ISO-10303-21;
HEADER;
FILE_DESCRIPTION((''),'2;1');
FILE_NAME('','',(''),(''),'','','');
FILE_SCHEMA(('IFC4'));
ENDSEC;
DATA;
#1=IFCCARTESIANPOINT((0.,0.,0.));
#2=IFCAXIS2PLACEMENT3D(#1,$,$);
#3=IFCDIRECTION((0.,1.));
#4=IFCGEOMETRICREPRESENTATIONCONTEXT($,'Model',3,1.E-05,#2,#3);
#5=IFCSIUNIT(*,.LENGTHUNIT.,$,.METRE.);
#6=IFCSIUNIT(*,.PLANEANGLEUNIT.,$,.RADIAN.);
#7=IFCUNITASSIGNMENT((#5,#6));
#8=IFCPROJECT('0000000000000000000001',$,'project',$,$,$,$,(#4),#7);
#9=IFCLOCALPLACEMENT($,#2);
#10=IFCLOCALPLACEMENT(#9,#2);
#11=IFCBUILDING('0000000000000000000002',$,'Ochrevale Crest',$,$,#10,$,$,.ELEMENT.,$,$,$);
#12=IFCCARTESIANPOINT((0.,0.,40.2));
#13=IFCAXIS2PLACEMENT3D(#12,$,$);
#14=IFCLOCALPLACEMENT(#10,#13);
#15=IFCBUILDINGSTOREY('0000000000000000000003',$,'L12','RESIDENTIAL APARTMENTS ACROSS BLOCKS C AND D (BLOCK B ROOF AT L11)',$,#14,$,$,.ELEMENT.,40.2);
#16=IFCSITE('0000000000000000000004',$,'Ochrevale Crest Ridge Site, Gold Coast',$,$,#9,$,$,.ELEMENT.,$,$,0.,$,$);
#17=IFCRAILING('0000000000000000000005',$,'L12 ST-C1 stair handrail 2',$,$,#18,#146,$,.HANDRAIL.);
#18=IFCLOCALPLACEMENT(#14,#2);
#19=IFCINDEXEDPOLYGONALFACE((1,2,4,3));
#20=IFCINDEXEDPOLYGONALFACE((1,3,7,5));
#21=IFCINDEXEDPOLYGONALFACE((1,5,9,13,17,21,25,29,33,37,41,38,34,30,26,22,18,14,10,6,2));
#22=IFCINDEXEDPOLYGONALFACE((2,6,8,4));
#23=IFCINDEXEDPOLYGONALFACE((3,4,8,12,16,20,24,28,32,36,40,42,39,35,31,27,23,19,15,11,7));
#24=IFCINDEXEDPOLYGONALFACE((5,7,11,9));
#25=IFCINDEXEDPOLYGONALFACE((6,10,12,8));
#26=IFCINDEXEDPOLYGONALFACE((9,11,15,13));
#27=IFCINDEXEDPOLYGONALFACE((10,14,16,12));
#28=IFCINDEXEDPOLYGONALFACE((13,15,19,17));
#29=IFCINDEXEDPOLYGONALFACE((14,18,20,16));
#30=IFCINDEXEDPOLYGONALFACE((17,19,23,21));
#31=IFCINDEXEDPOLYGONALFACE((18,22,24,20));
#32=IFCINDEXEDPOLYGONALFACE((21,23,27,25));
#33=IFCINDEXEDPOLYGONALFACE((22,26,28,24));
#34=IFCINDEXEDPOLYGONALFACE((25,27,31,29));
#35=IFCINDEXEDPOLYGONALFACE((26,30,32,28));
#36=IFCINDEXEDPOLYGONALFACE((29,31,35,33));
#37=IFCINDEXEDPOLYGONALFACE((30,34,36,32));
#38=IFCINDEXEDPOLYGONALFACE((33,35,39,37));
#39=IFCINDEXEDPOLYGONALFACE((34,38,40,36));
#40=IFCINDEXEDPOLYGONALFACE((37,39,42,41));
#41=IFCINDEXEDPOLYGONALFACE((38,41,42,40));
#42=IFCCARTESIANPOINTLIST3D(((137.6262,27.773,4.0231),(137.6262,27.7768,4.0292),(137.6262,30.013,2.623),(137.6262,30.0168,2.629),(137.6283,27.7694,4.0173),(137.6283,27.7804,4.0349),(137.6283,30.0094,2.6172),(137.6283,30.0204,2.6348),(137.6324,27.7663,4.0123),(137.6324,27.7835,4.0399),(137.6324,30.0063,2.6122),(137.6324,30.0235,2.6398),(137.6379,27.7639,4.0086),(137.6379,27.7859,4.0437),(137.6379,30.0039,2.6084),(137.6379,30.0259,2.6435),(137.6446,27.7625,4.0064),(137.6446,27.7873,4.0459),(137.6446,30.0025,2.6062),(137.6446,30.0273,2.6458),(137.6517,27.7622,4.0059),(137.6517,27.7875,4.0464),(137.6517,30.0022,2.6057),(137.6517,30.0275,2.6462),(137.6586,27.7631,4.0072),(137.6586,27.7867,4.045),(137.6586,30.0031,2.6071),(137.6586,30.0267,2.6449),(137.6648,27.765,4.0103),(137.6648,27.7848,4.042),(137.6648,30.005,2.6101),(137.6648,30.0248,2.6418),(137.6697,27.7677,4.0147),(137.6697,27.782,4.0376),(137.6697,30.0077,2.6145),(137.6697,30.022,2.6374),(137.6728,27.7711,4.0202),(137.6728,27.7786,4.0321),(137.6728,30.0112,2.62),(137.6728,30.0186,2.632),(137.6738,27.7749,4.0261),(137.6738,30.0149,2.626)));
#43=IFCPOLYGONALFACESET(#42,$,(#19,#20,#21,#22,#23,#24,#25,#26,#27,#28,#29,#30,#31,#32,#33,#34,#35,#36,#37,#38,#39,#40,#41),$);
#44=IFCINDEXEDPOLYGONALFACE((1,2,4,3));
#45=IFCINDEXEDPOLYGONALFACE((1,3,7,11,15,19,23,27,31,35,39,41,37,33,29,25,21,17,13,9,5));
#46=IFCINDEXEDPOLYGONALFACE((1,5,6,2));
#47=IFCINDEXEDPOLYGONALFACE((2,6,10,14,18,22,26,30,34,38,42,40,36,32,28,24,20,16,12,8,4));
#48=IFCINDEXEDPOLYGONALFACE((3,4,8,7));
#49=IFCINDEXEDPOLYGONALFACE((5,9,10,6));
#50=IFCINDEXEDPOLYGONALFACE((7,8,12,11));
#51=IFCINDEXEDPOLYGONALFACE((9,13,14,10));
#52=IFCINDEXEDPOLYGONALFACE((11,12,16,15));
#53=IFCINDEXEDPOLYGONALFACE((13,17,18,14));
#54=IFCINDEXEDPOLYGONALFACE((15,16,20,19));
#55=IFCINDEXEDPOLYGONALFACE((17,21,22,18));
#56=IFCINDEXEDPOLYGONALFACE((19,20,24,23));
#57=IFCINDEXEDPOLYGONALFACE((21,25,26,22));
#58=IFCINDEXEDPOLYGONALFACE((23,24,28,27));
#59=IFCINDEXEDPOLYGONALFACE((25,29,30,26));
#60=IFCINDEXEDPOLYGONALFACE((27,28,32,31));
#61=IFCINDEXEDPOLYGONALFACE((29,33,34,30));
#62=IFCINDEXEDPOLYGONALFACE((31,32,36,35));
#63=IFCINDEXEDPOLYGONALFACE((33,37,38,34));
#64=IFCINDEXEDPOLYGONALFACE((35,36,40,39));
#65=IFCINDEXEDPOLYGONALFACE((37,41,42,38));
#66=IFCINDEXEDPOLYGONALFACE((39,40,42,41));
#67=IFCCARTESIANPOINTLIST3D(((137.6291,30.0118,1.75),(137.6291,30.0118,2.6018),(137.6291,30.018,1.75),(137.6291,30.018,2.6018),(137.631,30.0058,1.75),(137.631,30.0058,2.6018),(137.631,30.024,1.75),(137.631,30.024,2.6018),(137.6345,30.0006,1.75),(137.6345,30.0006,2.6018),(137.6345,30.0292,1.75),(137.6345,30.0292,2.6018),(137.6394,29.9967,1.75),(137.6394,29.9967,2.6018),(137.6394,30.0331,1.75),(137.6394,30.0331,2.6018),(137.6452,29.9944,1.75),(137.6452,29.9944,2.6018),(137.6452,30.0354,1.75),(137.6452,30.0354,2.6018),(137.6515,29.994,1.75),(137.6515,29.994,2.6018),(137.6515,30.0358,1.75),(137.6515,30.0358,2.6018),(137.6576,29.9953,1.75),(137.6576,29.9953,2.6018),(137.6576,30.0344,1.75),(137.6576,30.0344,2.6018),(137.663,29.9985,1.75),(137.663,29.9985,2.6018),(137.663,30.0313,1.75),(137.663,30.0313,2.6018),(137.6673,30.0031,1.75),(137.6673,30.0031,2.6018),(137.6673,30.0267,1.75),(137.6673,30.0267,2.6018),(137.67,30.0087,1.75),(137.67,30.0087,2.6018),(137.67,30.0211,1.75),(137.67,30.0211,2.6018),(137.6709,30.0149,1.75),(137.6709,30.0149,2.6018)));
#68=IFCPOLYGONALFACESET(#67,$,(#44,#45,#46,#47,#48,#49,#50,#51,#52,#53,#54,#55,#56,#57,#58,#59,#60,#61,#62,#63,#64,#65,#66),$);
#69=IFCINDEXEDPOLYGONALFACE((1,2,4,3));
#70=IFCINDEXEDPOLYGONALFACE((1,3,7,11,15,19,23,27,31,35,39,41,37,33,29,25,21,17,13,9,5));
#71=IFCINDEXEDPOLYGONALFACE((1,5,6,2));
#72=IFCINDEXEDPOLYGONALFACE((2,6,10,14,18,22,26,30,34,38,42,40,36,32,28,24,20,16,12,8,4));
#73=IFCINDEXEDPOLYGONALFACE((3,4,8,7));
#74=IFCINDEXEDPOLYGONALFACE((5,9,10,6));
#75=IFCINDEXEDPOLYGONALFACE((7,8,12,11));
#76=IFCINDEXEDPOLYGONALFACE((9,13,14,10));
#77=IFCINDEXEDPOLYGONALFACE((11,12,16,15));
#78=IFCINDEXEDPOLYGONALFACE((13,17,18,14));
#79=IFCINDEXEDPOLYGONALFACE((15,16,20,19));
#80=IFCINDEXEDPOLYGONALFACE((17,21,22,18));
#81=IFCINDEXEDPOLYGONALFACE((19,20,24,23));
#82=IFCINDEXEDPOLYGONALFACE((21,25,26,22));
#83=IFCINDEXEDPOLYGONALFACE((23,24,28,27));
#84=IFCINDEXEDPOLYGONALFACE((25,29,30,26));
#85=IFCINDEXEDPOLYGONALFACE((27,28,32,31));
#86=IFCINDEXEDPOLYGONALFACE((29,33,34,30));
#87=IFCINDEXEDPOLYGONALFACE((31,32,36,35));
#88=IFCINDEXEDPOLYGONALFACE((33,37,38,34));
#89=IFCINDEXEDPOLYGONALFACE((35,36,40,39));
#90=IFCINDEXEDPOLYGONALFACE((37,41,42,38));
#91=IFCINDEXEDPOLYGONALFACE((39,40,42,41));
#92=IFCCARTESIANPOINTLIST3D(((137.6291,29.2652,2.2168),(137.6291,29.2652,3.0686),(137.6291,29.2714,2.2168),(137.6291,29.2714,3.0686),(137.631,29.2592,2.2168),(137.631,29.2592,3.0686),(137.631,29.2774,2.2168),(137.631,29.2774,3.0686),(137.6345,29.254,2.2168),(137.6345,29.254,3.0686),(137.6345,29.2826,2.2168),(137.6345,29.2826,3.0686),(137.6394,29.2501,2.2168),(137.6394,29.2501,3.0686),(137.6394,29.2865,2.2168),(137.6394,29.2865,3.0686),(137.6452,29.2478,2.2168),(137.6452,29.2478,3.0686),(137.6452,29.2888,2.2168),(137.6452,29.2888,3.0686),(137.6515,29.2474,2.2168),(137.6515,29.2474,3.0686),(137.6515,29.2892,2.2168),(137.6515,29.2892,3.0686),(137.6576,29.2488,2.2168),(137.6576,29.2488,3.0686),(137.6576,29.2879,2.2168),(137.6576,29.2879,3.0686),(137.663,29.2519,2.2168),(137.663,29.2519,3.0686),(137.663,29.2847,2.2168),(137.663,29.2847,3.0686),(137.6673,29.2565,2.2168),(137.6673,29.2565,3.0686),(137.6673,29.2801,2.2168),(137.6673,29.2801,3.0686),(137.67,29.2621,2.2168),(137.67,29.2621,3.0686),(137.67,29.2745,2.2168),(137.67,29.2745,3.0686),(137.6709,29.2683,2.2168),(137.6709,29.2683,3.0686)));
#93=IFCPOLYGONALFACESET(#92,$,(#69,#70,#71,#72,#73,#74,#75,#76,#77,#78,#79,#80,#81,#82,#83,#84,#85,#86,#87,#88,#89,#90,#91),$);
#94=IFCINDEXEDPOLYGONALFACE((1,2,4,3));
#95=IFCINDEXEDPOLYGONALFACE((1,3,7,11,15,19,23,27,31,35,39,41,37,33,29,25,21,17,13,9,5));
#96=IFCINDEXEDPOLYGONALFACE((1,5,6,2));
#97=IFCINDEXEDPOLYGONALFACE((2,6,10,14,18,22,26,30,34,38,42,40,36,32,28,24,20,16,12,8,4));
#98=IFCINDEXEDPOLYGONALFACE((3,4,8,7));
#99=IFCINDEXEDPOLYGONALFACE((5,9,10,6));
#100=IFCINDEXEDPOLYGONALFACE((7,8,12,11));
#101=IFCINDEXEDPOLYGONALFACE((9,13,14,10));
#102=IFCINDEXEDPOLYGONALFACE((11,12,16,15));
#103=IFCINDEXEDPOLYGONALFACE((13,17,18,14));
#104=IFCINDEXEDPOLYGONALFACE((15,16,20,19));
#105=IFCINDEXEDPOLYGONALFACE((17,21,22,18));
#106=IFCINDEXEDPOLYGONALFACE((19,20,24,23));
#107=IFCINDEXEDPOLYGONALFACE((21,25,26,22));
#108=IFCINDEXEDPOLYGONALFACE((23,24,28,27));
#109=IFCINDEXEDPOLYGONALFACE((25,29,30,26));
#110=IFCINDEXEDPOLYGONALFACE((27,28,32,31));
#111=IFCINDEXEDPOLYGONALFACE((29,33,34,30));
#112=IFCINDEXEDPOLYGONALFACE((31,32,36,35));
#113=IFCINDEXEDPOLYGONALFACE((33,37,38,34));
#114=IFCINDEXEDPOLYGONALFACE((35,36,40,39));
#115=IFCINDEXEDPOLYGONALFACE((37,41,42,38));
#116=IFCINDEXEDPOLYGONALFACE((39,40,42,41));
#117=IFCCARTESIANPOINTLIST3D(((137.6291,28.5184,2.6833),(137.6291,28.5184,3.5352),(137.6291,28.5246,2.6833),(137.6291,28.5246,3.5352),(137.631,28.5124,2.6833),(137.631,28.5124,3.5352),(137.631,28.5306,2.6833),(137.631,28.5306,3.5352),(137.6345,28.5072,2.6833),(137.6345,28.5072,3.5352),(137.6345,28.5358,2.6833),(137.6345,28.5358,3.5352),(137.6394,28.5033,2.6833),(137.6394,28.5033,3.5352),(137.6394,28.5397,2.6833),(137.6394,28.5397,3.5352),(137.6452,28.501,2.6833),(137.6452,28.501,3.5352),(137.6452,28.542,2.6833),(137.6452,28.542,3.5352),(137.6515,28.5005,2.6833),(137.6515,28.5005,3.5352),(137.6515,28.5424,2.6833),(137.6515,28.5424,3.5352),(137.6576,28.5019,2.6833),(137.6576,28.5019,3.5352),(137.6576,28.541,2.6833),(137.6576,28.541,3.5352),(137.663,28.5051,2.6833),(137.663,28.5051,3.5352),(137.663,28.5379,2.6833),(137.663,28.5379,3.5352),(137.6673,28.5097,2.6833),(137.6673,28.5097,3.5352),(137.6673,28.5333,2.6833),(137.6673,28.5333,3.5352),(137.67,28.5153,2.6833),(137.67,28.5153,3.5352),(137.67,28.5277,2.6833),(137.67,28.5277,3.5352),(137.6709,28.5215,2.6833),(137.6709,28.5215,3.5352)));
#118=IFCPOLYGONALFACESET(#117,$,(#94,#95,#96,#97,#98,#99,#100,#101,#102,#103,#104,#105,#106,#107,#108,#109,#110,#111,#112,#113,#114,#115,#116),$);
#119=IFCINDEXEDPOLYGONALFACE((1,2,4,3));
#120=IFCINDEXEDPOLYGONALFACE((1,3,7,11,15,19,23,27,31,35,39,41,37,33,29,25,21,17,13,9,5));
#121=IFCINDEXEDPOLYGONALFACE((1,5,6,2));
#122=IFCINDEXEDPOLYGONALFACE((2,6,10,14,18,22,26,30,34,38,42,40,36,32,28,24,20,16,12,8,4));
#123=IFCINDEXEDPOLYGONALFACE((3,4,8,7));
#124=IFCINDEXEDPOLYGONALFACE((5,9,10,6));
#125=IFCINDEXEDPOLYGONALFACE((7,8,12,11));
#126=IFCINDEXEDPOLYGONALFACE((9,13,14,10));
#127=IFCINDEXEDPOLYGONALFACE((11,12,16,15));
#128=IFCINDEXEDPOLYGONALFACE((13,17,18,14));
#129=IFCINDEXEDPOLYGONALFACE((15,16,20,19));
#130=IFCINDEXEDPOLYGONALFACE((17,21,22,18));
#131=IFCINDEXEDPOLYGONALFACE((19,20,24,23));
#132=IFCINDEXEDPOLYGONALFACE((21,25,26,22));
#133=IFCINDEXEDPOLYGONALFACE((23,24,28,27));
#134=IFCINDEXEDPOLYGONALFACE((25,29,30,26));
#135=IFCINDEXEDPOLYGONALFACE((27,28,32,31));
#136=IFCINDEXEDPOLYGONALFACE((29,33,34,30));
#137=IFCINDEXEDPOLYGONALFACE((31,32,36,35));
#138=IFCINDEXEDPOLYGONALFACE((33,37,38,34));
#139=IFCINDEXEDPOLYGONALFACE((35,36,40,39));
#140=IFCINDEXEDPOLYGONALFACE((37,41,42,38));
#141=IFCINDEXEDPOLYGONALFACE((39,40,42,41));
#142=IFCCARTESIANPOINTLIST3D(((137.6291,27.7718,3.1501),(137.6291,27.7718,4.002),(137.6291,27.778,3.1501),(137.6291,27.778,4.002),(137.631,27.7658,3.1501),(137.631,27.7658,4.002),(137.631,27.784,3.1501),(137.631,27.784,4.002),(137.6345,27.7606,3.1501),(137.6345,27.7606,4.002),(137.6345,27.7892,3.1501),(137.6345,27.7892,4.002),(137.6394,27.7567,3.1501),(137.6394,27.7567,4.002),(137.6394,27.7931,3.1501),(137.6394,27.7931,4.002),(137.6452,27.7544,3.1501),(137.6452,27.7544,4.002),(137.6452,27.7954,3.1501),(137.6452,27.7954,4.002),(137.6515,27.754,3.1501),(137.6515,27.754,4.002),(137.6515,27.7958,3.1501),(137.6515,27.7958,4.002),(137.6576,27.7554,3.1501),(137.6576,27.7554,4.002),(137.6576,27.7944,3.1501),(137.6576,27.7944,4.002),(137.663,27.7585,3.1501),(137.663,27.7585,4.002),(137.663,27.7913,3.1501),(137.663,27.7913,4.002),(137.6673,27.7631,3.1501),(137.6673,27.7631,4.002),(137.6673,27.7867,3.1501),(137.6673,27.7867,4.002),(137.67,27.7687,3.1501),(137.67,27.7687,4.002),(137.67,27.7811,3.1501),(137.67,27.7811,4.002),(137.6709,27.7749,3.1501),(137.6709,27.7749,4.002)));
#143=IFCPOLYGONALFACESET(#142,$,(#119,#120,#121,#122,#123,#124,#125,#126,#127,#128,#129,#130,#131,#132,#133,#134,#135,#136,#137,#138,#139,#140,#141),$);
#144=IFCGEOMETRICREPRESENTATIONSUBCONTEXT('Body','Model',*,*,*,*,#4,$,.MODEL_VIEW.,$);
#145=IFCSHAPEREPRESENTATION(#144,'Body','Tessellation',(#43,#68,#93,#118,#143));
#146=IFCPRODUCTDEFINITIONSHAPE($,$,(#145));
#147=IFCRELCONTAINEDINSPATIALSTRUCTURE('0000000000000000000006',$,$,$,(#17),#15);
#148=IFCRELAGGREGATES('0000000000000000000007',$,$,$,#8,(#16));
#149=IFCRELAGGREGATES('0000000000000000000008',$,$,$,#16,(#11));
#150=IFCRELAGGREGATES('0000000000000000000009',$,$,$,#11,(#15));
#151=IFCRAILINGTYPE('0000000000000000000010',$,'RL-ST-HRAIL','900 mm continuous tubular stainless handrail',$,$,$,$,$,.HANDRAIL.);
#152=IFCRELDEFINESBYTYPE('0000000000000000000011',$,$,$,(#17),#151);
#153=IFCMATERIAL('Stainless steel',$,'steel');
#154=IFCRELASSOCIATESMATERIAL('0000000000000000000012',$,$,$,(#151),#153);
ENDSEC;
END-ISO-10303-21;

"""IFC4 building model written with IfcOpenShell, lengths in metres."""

from ifc_helpers import new_model, si_unit, direction, frame, origin, origin_2d, place, context, subcontext, project, spatial, circle, extrude, material, type_object, element, save


model = new_model("IFC4")

# Units and contexts
model_context = context("Model", 3, precision=1e-05, world=origin(), true_north=direction((0.0, 1.0)))
body_context = subcontext(model_context, "Body", "Model", "MODEL_VIEW")
ifc_project = project(units=[si_unit("LENGTHUNIT", "METRE"), si_unit("PLANEANGLEUNIT", "RADIAN")], contexts=[model_context])

# Site, building, storey
site_placement = place(None, origin())
site = spatial("IfcSite", under=ifc_project, at=site_placement, Name="Ochrevale Crest Ridge Site, Gold Coast", CompositionType="ELEMENT", RefElevation=0.0)
building_placement = place(site_placement, origin())
building = spatial("IfcBuilding", under=site, at=building_placement, Name="Ochrevale Crest", CompositionType="ELEMENT")
storey_placement = place(building_placement, frame((0.0, 0.0, 40.2)))
storey = spatial("IfcBuildingStorey", under=building, at=storey_placement, Name="L12", Description="RESIDENTIAL APARTMENTS ACROSS BLOCKS C AND D (BLOCK B ROOF AT L11)", CompositionType="ELEMENT", Elevation=40.2)

# Railing
ifc_material_1 = material(Name="Stainless steel", Category="steel")
railing_type_1 = type_object("IfcRailingType", Name="RL-ST-HRAIL", Description="900 mm continuous tubular stainless handrail", PredefinedType="HANDRAIL", material=ifc_material_1)
railing_1_placement = place(storey_placement, frame((137.6499, 30.0149, 1.75)))
element("IfcRailing", 1, at=railing_1_placement, inside=storey, type_object=railing_type_1, Name="L12 ST-C1 stair handrail 2", PredefinedType="HANDRAIL", context=body_context, shape_type="SweptSolid", body=[
    extrude(circle(Radius=0.0239, at=origin_2d()), frame((0.0, 0.0, 0.876), z_axis=(0.0, -0.847972, 0.53004), x_axis=(1.0, 0.0, 0.0)), (0.0, 0.0, 1.0), 2.6416),
    extrude(circle(Radius=0.021, at=origin_2d()), origin(), (0.0, 0.0, 1.0), 0.8518),
    extrude(circle(Radius=0.021, at=origin_2d()), frame((0.0, -0.7466, 0.4668)), (0.0, 0.0, 1.0), 0.8518),
    extrude(circle(Radius=0.021, at=origin_2d()), frame((0.0, -1.4934, 0.9333)), (0.0, 0.0, 1.0), 0.8518),
    extrude(circle(Radius=0.021, at=origin_2d()), frame((0.0, -2.24, 1.4001)), (0.0, 0.0, 1.0), 0.8518),
])

save(model, "model.ifc")
